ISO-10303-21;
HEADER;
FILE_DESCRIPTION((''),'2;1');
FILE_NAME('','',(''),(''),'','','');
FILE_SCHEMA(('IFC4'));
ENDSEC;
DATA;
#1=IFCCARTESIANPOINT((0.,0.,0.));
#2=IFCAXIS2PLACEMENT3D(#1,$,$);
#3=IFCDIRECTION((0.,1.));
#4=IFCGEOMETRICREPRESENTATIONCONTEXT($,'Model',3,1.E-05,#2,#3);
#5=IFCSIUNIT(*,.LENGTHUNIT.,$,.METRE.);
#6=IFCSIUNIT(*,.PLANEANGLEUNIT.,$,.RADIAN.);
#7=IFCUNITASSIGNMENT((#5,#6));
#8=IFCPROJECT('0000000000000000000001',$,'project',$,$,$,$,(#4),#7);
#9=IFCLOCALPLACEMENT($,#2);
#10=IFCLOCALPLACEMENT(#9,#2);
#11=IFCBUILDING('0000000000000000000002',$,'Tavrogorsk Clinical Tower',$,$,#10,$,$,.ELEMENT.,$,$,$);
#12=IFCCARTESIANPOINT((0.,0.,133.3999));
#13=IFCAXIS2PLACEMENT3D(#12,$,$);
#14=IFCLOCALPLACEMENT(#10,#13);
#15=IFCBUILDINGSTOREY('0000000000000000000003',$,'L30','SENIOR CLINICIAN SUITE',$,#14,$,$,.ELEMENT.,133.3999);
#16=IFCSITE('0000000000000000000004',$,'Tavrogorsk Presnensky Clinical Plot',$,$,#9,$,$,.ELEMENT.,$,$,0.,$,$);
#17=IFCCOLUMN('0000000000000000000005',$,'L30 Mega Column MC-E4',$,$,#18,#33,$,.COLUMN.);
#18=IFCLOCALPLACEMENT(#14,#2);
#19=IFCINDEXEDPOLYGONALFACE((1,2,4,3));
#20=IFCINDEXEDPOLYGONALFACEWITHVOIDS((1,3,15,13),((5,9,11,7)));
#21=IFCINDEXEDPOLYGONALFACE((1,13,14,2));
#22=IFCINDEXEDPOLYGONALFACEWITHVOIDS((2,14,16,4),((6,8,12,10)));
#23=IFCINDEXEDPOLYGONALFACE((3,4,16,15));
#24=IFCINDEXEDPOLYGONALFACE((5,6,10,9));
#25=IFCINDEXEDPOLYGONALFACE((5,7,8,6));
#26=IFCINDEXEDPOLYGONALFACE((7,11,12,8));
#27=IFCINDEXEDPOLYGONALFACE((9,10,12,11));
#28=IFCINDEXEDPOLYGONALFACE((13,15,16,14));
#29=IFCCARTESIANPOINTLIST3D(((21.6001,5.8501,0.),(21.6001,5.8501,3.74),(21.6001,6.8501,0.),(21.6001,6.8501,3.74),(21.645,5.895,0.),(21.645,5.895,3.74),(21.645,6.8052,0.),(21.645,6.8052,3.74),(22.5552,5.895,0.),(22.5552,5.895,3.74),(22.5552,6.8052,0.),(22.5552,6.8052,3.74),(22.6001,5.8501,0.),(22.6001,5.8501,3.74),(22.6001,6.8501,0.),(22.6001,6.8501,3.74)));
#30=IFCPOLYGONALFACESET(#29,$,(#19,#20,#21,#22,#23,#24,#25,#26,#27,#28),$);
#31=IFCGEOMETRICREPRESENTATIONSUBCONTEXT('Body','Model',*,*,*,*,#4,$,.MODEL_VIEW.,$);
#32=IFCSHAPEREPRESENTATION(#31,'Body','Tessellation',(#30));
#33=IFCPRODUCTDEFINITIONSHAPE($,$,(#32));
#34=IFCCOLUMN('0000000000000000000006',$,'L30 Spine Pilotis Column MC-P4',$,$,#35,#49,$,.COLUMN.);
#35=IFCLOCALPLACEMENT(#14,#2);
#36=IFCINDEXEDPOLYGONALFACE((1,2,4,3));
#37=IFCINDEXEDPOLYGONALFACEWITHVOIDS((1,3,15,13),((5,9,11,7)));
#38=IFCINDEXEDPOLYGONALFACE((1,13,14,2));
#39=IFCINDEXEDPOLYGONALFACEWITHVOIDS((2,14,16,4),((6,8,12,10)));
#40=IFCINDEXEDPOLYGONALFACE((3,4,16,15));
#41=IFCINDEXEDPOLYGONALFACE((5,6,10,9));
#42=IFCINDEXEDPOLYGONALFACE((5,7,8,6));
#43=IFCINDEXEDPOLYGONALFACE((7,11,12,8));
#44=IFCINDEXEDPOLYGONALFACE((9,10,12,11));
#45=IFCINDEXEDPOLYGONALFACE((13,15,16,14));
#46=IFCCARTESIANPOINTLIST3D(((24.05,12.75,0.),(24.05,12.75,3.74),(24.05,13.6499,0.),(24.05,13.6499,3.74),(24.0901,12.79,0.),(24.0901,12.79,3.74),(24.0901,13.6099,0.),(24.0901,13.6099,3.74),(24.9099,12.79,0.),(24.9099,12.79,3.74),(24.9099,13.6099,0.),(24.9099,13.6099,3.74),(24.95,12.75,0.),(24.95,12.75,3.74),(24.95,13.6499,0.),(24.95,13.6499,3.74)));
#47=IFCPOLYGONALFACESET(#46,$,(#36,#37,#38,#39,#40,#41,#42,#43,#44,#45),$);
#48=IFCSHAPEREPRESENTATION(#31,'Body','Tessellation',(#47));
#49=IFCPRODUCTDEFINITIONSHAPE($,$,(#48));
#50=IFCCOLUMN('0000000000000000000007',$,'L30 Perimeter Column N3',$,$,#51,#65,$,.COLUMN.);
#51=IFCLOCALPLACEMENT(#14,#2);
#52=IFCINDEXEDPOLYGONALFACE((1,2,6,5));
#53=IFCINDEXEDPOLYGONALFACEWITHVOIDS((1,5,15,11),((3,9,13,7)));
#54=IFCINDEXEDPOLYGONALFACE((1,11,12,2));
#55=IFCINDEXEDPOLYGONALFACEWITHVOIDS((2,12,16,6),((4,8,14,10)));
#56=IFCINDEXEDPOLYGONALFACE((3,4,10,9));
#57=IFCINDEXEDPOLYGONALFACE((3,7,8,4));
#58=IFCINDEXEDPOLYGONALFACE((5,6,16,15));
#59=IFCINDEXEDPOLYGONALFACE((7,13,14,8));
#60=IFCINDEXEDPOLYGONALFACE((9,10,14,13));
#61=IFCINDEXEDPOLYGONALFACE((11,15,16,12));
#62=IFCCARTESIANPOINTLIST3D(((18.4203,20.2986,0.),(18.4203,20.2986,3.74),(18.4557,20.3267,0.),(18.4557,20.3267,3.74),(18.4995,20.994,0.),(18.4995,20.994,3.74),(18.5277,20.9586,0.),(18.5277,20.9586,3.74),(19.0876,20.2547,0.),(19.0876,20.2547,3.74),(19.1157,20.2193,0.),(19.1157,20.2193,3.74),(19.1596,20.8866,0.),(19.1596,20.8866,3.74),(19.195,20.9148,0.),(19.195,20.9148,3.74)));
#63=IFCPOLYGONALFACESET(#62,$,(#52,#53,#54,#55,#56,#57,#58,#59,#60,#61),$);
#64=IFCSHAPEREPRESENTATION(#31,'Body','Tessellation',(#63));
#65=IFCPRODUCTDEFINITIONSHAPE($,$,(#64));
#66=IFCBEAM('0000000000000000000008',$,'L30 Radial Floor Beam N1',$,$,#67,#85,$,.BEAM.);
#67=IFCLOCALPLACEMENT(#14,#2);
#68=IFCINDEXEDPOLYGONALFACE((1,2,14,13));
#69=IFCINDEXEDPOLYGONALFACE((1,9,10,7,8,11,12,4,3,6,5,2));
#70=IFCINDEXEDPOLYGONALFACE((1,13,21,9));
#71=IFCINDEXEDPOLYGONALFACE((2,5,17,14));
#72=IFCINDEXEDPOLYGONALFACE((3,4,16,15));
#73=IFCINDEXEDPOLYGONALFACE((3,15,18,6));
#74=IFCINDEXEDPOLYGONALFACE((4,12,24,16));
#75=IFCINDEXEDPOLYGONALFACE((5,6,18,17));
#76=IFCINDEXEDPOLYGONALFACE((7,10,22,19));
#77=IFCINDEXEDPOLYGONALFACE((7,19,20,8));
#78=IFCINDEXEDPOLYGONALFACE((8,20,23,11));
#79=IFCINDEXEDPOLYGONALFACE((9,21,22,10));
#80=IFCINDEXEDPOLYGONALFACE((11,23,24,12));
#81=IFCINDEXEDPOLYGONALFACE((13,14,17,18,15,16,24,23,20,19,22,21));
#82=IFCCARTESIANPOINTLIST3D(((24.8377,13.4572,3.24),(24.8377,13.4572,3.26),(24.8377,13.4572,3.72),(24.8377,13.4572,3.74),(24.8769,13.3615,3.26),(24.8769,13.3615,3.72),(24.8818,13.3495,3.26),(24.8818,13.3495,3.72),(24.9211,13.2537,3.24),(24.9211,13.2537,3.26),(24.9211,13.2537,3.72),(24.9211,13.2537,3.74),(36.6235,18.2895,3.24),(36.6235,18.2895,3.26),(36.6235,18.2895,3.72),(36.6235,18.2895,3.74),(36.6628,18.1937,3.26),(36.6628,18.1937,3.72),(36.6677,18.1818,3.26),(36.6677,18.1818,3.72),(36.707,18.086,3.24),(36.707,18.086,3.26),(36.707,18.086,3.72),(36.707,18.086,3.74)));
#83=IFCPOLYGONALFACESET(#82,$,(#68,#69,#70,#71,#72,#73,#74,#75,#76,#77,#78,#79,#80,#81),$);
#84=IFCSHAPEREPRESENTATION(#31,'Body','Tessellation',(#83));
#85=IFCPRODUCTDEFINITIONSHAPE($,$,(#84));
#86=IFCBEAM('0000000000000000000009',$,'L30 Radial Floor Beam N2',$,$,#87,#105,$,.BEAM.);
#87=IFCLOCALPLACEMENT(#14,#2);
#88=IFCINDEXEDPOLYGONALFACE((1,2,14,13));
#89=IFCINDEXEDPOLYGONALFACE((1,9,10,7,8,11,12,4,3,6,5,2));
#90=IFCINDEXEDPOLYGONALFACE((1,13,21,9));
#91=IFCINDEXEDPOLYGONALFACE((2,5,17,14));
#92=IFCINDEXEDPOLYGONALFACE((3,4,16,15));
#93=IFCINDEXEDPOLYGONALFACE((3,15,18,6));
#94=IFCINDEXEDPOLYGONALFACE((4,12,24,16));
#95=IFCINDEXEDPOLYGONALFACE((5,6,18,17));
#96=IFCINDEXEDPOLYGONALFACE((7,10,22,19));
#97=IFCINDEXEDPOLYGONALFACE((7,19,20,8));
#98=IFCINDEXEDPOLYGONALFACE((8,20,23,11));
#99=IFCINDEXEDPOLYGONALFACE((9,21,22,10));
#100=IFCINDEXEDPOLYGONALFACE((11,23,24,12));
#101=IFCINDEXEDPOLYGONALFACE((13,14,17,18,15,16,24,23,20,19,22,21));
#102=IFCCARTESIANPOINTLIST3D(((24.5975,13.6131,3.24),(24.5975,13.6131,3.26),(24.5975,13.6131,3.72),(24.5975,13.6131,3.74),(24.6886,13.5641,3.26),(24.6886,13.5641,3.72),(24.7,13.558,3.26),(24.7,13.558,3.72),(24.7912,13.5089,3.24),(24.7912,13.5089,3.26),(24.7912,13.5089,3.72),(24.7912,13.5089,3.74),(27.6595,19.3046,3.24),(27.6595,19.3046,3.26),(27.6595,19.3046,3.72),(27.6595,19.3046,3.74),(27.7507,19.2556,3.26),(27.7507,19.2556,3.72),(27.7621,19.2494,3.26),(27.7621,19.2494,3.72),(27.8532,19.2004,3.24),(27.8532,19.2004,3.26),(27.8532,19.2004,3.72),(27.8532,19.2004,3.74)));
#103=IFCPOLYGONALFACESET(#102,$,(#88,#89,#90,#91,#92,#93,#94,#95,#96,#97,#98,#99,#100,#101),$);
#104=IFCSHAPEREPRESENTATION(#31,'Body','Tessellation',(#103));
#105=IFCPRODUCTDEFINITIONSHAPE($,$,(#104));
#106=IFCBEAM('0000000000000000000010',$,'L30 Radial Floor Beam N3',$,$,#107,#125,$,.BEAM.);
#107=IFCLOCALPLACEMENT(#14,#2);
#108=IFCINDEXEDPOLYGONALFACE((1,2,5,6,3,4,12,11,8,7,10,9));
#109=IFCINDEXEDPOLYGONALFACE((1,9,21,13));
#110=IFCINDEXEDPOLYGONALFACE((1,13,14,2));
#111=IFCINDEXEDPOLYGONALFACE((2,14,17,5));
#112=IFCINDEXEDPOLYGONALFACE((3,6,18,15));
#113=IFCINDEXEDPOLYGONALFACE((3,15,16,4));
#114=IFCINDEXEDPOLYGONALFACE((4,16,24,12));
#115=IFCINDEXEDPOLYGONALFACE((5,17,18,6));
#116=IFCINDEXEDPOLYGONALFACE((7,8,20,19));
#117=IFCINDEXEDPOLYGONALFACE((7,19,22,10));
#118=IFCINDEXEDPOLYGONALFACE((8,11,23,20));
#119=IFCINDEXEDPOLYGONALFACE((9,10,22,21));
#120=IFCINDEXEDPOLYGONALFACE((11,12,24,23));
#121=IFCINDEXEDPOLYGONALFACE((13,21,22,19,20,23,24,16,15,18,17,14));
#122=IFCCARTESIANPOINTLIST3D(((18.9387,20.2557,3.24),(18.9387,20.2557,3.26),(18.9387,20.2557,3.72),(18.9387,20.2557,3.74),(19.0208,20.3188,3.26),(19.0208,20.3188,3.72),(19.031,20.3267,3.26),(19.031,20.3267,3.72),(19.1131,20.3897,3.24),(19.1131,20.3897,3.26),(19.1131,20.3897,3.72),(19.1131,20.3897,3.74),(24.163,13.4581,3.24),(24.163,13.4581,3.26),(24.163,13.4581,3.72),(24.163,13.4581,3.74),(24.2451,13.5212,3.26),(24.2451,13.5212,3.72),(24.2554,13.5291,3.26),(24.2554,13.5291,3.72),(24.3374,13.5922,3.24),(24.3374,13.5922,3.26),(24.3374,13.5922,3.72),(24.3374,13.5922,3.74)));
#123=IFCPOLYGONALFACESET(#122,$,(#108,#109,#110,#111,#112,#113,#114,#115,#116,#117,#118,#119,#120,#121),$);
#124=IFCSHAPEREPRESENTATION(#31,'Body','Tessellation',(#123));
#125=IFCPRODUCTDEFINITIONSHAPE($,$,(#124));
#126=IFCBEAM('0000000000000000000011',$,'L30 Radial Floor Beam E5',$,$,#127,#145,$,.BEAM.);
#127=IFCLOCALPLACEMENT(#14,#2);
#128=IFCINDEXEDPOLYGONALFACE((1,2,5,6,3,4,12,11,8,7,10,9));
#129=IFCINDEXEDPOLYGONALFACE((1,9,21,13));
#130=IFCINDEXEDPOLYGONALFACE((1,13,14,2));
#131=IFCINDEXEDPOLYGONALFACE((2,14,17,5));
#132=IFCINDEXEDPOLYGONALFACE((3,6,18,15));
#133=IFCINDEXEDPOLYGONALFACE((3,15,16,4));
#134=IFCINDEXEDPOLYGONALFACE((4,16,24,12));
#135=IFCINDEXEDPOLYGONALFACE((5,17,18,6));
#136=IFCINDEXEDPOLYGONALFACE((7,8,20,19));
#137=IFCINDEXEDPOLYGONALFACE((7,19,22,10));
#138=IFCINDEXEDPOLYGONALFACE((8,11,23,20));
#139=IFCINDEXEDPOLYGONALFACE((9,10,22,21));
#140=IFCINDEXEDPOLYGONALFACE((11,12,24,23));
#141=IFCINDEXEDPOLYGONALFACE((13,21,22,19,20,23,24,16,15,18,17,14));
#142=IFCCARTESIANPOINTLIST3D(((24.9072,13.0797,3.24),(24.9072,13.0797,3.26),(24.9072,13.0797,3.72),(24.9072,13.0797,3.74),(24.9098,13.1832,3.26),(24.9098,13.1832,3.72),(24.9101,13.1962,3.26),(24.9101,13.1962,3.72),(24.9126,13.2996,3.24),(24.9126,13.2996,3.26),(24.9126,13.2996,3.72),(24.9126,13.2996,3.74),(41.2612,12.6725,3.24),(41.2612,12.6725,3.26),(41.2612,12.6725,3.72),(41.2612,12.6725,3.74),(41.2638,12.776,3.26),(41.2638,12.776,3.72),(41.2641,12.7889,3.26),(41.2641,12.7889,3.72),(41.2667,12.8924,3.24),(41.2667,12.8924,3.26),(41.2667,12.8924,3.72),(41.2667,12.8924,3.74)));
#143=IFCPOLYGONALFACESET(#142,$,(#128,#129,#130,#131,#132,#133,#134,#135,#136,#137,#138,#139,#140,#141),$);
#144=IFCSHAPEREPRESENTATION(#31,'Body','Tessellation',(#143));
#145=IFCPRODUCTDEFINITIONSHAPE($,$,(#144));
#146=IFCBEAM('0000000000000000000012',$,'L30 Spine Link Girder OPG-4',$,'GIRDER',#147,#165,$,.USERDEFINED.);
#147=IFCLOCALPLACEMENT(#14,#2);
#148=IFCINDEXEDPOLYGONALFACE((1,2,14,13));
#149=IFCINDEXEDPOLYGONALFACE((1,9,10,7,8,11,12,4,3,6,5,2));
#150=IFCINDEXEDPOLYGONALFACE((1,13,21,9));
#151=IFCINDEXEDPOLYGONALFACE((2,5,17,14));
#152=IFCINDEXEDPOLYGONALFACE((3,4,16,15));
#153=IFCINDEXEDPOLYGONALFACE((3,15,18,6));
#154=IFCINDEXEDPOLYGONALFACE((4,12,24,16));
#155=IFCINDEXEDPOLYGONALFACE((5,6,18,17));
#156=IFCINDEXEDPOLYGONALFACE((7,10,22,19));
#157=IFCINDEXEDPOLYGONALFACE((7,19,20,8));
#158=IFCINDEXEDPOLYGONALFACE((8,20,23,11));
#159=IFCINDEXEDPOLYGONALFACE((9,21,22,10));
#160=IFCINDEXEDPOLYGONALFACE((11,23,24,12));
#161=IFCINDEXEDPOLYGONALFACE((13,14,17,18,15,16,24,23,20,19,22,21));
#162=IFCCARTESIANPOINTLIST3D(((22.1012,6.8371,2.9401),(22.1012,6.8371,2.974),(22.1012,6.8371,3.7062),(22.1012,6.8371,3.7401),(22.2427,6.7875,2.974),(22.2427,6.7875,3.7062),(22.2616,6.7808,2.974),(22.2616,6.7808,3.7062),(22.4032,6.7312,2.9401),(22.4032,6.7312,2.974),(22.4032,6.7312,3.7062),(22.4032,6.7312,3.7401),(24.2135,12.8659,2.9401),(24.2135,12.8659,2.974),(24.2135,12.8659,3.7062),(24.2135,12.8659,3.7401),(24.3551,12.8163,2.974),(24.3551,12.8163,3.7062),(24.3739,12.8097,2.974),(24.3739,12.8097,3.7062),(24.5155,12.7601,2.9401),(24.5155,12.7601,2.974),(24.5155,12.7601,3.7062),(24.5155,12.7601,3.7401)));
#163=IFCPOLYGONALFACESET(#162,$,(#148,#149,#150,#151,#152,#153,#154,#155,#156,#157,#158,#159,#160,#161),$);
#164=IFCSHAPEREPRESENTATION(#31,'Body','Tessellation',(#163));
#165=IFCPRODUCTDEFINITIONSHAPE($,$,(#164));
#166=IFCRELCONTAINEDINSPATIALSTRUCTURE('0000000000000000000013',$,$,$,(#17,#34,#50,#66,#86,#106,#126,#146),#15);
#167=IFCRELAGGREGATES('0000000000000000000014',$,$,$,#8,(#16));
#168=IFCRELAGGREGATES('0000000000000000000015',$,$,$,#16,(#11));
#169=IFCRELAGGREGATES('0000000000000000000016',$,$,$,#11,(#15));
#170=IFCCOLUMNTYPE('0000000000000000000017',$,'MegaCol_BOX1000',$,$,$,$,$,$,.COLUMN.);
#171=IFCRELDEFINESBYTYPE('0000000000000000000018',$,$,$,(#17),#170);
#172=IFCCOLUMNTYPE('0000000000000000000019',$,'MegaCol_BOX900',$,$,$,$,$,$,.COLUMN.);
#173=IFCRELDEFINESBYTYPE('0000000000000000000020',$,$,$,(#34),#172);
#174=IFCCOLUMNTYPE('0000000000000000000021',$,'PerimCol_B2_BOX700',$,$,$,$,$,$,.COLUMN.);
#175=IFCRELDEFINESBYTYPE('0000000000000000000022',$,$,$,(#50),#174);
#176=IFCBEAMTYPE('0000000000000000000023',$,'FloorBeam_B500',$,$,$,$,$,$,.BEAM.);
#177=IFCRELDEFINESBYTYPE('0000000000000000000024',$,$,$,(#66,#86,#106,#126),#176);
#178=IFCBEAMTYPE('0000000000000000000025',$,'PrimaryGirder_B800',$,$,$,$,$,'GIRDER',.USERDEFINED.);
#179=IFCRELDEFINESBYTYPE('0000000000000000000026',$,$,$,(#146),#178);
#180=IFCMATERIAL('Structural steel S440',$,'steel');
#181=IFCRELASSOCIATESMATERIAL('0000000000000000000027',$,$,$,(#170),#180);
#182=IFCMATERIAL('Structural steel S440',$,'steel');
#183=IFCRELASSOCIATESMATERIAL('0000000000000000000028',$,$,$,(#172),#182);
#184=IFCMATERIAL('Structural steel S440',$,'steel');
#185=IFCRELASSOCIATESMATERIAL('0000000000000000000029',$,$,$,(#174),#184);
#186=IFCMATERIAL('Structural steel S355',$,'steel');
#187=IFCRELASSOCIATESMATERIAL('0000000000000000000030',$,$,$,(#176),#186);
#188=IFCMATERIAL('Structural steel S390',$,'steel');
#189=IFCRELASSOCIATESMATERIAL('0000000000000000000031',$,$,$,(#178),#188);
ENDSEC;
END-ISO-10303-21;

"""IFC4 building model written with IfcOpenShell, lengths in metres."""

from ifc_helpers import new_model, si_unit, direction, frame, origin, origin_2d, place, context, subcontext, project, spatial, hollow_rectangle, i_section, extrude, material, material_profile, profile_set, type_object, element, save


model = new_model("IFC4")

# Units and contexts
model_context = context("Model", 3, precision=1e-05, world=origin(), true_north=direction((0.0, 1.0)))
body_context = subcontext(model_context, "Body", "Model", "MODEL_VIEW")
ifc_project = project(units=[si_unit("LENGTHUNIT", "METRE"), si_unit("PLANEANGLEUNIT", "RADIAN")], contexts=[model_context])

# Site, building, storey
site_placement = place(None, origin())
site = spatial("IfcSite", under=ifc_project, at=site_placement, Name="Tavrogorsk Presnensky Clinical Plot", CompositionType="ELEMENT", RefElevation=0.0)
building_placement = place(site_placement, origin())
building = spatial("IfcBuilding", under=site, at=building_placement, Name="Tavrogorsk Clinical Tower", CompositionType="ELEMENT")
storey_placement = place(building_placement, frame((0.0, 0.0, 133.3999)))
storey = spatial("IfcBuildingStorey", under=building, at=storey_placement, Name="L30", Description="SENIOR CLINICIAN SUITE", CompositionType="ELEMENT", Elevation=133.3999)

# Columns
ifc_material_1 = material(Name="Structural steel S440", Category="steel")
ifc_material_profile_1 = material_profile(ifc_material_1, hollow_rectangle(XDim=1.0, YDim=1.0, WallThickness=0.0449, at=origin_2d()), Name="BOX-1000x1000x45")
ifc_profile_set_1 = profile_set([ifc_material_profile_1], Name="Structural steel S440")
column_type_1 = type_object("IfcColumnType", Name="MegaCol_BOX1000", PredefinedType="COLUMN", material=ifc_profile_set_1)
column_1_placement = place(storey_placement, frame((22.1001, 6.3501, 0.0), z_axis=(0.0, 0.0, 1.0), x_axis=(1.0, 0.0, 0.0)))
element("IfcColumn", 1, at=column_1_placement, inside=storey, type_object=column_type_1, Name="L30 Mega Column MC-E4", PredefinedType="COLUMN", context=body_context, shape_type="SweptSolid", body=[
    extrude(hollow_rectangle(XDim=1.0, YDim=1.0, WallThickness=0.0449, at=origin_2d()), origin(), (0.0, 0.0, 1.0), 3.74),
])
ifc_material_2 = material(Name="Structural steel S440", Category="steel")
ifc_material_profile_2 = material_profile(ifc_material_2, hollow_rectangle(XDim=0.8999, YDim=0.8999, WallThickness=0.04, at=origin_2d()), Name="BOX-900x900x40")
ifc_profile_set_2 = profile_set([ifc_material_profile_2], Name="Structural steel S440")
column_type_2 = type_object("IfcColumnType", Name="MegaCol_BOX900", PredefinedType="COLUMN", material=ifc_profile_set_2)
column_2_placement = place(storey_placement, frame((24.5, 13.2, 0.0), z_axis=(0.0, 0.0, 1.0), x_axis=(1.0, 0.0, 0.0)))
element("IfcColumn", 2, at=column_2_placement, inside=storey, type_object=column_type_2, Name="L30 Spine Pilotis Column MC-P4", PredefinedType="COLUMN", context=body_context, shape_type="SweptSolid", body=[
    extrude(hollow_rectangle(XDim=0.8999, YDim=0.8999, WallThickness=0.04, at=origin_2d()), origin(), (0.0, 0.0, 1.0), 3.74),
])
ifc_material_3 = material(Name="Structural steel S440", Category="steel")
ifc_material_profile_3 = material_profile(ifc_material_3, hollow_rectangle(XDim=0.7, YDim=0.7, WallThickness=0.032, at=origin_2d()), Name="BOX-700x700x32")
ifc_profile_set_3 = profile_set([ifc_material_profile_3], Name="Structural steel S440")
column_type_3 = type_object("IfcColumnType", Name="PerimCol_B2_BOX700", PredefinedType="COLUMN", material=ifc_profile_set_3)
column_3_placement = place(storey_placement, frame((18.8076, 20.6067, 0.0), z_axis=(0.0, 0.0, 1.0), x_axis=(0.993572, -0.113203, 0.0)))
element("IfcColumn", 3, at=column_3_placement, inside=storey, type_object=column_type_3, Name="L30 Perimeter Column N3", PredefinedType="COLUMN", context=body_context, shape_type="SweptSolid", body=[
    extrude(hollow_rectangle(XDim=0.7, YDim=0.7, WallThickness=0.032, at=origin_2d()), origin(), (0.0, 0.0, 1.0), 3.74),
])

# Beams
ifc_material_4 = material(Name="Structural steel S355", Category="steel")
ifc_material_profile_4 = material_profile(ifc_material_4, i_section(OverallWidth=0.22, OverallDepth=0.5, WebThickness=0.0129, FlangeThickness=0.02, at=origin_2d()), Name="B-500x220x13x20")
ifc_profile_set_4 = profile_set([ifc_material_profile_4], Name="Structural steel S355")
beam_type_1 = type_object("IfcBeamType", Name="FloorBeam_B500", PredefinedType="BEAM", material=ifc_profile_set_4)
beam_1_placement = place(storey_placement, frame((24.8794, 13.3555, 3.49), z_axis=(0.92525, 0.379357, 0.0), x_axis=(-0.379357, 0.92525, 0.0)))
element("IfcBeam", 4, at=beam_1_placement, inside=storey, type_object=beam_type_1, Name="L30 Radial Floor Beam N1", PredefinedType="BEAM", context=body_context, shape_type="SweptSolid", body=[
    extrude(i_section(OverallWidth=0.22, OverallDepth=0.5, WebThickness=0.0129, FlangeThickness=0.02, at=origin_2d()), origin(), (0.0, 0.0, 1.0), 12.738),
])
beam_2_placement = place(storey_placement, frame((24.6943, 13.561, 3.49), z_axis=(0.473789, 0.880638, 0.0), x_axis=(-0.880638, 0.473789, 0.0)))
element("IfcBeam", 5, at=beam_2_placement, inside=storey, type_object=beam_type_1, Name="L30 Radial Floor Beam N2", PredefinedType="BEAM", context=body_context, shape_type="SweptSolid", body=[
    extrude(i_section(OverallWidth=0.22, OverallDepth=0.5, WebThickness=0.0129, FlangeThickness=0.02, at=origin_2d()), origin(), (0.0, 0.0, 1.0), 6.4629),
])
beam_3_placement = place(storey_placement, frame((24.2502, 13.5251, 3.49), z_axis=(-0.609376, 0.792881, 0.0), x_axis=(-0.792881, -0.609376, 0.0)))
element("IfcBeam", 6, at=beam_3_placement, inside=storey, type_object=beam_type_1, Name="L30 Radial Floor Beam N3", PredefinedType="BEAM", context=body_context, shape_type="SweptSolid", body=[
    extrude(i_section(OverallWidth=0.22, OverallDepth=0.5, WebThickness=0.0129, FlangeThickness=0.02, at=origin_2d()), origin(), (0.0, 0.0, 1.0), 8.5732),
])
beam_4_placement = place(storey_placement, frame((24.9099, 13.1897, 3.49), z_axis=(0.99969, -0.024893, 0.0), x_axis=(0.024893, 0.99969, 0.0)))
element("IfcBeam", 7, at=beam_4_placement, inside=storey, type_object=beam_type_1, Name="L30 Radial Floor Beam E5", PredefinedType="BEAM", context=body_context, shape_type="SweptSolid", body=[
    extrude(i_section(OverallWidth=0.22, OverallDepth=0.5, WebThickness=0.0129, FlangeThickness=0.02, at=origin_2d()), origin(), (0.0, 0.0, 1.0), 16.3591),
])
ifc_material_5 = material(Name="Structural steel S390", Category="steel")
ifc_material_profile_5 = material_profile(ifc_material_5, i_section(OverallWidth=0.3201, OverallDepth=0.8, WebThickness=0.02, FlangeThickness=0.0339, at=origin_2d()), Name="B-800x320x20x34")
ifc_profile_set_5 = profile_set([ifc_material_profile_5], Name="Structural steel S390")
beam_type_2 = type_object("IfcBeamType", Name="PrimaryGirder_B800", ElementType="GIRDER", PredefinedType="USERDEFINED", material=ifc_profile_set_5)
beam_5_placement = place(storey_placement, frame((24.3645, 12.813, 3.3401), z_axis=(-0.33066, -0.94375, 0.0), x_axis=(0.94375, -0.33066, 0.0)))
element("IfcBeam", 8, at=beam_5_placement, inside=storey, type_object=beam_type_2, Name="L30 Spine Link Girder OPG-4", ObjectType="GIRDER", PredefinedType="USERDEFINED", context=body_context, shape_type="SweptSolid", body=[
    extrude(i_section(OverallWidth=0.3201, OverallDepth=0.8, WebThickness=0.02, FlangeThickness=0.0339, at=origin_2d()), origin(), (0.0, 0.0, 1.0), 6.3882),
])

save(model, "model.ifc")
